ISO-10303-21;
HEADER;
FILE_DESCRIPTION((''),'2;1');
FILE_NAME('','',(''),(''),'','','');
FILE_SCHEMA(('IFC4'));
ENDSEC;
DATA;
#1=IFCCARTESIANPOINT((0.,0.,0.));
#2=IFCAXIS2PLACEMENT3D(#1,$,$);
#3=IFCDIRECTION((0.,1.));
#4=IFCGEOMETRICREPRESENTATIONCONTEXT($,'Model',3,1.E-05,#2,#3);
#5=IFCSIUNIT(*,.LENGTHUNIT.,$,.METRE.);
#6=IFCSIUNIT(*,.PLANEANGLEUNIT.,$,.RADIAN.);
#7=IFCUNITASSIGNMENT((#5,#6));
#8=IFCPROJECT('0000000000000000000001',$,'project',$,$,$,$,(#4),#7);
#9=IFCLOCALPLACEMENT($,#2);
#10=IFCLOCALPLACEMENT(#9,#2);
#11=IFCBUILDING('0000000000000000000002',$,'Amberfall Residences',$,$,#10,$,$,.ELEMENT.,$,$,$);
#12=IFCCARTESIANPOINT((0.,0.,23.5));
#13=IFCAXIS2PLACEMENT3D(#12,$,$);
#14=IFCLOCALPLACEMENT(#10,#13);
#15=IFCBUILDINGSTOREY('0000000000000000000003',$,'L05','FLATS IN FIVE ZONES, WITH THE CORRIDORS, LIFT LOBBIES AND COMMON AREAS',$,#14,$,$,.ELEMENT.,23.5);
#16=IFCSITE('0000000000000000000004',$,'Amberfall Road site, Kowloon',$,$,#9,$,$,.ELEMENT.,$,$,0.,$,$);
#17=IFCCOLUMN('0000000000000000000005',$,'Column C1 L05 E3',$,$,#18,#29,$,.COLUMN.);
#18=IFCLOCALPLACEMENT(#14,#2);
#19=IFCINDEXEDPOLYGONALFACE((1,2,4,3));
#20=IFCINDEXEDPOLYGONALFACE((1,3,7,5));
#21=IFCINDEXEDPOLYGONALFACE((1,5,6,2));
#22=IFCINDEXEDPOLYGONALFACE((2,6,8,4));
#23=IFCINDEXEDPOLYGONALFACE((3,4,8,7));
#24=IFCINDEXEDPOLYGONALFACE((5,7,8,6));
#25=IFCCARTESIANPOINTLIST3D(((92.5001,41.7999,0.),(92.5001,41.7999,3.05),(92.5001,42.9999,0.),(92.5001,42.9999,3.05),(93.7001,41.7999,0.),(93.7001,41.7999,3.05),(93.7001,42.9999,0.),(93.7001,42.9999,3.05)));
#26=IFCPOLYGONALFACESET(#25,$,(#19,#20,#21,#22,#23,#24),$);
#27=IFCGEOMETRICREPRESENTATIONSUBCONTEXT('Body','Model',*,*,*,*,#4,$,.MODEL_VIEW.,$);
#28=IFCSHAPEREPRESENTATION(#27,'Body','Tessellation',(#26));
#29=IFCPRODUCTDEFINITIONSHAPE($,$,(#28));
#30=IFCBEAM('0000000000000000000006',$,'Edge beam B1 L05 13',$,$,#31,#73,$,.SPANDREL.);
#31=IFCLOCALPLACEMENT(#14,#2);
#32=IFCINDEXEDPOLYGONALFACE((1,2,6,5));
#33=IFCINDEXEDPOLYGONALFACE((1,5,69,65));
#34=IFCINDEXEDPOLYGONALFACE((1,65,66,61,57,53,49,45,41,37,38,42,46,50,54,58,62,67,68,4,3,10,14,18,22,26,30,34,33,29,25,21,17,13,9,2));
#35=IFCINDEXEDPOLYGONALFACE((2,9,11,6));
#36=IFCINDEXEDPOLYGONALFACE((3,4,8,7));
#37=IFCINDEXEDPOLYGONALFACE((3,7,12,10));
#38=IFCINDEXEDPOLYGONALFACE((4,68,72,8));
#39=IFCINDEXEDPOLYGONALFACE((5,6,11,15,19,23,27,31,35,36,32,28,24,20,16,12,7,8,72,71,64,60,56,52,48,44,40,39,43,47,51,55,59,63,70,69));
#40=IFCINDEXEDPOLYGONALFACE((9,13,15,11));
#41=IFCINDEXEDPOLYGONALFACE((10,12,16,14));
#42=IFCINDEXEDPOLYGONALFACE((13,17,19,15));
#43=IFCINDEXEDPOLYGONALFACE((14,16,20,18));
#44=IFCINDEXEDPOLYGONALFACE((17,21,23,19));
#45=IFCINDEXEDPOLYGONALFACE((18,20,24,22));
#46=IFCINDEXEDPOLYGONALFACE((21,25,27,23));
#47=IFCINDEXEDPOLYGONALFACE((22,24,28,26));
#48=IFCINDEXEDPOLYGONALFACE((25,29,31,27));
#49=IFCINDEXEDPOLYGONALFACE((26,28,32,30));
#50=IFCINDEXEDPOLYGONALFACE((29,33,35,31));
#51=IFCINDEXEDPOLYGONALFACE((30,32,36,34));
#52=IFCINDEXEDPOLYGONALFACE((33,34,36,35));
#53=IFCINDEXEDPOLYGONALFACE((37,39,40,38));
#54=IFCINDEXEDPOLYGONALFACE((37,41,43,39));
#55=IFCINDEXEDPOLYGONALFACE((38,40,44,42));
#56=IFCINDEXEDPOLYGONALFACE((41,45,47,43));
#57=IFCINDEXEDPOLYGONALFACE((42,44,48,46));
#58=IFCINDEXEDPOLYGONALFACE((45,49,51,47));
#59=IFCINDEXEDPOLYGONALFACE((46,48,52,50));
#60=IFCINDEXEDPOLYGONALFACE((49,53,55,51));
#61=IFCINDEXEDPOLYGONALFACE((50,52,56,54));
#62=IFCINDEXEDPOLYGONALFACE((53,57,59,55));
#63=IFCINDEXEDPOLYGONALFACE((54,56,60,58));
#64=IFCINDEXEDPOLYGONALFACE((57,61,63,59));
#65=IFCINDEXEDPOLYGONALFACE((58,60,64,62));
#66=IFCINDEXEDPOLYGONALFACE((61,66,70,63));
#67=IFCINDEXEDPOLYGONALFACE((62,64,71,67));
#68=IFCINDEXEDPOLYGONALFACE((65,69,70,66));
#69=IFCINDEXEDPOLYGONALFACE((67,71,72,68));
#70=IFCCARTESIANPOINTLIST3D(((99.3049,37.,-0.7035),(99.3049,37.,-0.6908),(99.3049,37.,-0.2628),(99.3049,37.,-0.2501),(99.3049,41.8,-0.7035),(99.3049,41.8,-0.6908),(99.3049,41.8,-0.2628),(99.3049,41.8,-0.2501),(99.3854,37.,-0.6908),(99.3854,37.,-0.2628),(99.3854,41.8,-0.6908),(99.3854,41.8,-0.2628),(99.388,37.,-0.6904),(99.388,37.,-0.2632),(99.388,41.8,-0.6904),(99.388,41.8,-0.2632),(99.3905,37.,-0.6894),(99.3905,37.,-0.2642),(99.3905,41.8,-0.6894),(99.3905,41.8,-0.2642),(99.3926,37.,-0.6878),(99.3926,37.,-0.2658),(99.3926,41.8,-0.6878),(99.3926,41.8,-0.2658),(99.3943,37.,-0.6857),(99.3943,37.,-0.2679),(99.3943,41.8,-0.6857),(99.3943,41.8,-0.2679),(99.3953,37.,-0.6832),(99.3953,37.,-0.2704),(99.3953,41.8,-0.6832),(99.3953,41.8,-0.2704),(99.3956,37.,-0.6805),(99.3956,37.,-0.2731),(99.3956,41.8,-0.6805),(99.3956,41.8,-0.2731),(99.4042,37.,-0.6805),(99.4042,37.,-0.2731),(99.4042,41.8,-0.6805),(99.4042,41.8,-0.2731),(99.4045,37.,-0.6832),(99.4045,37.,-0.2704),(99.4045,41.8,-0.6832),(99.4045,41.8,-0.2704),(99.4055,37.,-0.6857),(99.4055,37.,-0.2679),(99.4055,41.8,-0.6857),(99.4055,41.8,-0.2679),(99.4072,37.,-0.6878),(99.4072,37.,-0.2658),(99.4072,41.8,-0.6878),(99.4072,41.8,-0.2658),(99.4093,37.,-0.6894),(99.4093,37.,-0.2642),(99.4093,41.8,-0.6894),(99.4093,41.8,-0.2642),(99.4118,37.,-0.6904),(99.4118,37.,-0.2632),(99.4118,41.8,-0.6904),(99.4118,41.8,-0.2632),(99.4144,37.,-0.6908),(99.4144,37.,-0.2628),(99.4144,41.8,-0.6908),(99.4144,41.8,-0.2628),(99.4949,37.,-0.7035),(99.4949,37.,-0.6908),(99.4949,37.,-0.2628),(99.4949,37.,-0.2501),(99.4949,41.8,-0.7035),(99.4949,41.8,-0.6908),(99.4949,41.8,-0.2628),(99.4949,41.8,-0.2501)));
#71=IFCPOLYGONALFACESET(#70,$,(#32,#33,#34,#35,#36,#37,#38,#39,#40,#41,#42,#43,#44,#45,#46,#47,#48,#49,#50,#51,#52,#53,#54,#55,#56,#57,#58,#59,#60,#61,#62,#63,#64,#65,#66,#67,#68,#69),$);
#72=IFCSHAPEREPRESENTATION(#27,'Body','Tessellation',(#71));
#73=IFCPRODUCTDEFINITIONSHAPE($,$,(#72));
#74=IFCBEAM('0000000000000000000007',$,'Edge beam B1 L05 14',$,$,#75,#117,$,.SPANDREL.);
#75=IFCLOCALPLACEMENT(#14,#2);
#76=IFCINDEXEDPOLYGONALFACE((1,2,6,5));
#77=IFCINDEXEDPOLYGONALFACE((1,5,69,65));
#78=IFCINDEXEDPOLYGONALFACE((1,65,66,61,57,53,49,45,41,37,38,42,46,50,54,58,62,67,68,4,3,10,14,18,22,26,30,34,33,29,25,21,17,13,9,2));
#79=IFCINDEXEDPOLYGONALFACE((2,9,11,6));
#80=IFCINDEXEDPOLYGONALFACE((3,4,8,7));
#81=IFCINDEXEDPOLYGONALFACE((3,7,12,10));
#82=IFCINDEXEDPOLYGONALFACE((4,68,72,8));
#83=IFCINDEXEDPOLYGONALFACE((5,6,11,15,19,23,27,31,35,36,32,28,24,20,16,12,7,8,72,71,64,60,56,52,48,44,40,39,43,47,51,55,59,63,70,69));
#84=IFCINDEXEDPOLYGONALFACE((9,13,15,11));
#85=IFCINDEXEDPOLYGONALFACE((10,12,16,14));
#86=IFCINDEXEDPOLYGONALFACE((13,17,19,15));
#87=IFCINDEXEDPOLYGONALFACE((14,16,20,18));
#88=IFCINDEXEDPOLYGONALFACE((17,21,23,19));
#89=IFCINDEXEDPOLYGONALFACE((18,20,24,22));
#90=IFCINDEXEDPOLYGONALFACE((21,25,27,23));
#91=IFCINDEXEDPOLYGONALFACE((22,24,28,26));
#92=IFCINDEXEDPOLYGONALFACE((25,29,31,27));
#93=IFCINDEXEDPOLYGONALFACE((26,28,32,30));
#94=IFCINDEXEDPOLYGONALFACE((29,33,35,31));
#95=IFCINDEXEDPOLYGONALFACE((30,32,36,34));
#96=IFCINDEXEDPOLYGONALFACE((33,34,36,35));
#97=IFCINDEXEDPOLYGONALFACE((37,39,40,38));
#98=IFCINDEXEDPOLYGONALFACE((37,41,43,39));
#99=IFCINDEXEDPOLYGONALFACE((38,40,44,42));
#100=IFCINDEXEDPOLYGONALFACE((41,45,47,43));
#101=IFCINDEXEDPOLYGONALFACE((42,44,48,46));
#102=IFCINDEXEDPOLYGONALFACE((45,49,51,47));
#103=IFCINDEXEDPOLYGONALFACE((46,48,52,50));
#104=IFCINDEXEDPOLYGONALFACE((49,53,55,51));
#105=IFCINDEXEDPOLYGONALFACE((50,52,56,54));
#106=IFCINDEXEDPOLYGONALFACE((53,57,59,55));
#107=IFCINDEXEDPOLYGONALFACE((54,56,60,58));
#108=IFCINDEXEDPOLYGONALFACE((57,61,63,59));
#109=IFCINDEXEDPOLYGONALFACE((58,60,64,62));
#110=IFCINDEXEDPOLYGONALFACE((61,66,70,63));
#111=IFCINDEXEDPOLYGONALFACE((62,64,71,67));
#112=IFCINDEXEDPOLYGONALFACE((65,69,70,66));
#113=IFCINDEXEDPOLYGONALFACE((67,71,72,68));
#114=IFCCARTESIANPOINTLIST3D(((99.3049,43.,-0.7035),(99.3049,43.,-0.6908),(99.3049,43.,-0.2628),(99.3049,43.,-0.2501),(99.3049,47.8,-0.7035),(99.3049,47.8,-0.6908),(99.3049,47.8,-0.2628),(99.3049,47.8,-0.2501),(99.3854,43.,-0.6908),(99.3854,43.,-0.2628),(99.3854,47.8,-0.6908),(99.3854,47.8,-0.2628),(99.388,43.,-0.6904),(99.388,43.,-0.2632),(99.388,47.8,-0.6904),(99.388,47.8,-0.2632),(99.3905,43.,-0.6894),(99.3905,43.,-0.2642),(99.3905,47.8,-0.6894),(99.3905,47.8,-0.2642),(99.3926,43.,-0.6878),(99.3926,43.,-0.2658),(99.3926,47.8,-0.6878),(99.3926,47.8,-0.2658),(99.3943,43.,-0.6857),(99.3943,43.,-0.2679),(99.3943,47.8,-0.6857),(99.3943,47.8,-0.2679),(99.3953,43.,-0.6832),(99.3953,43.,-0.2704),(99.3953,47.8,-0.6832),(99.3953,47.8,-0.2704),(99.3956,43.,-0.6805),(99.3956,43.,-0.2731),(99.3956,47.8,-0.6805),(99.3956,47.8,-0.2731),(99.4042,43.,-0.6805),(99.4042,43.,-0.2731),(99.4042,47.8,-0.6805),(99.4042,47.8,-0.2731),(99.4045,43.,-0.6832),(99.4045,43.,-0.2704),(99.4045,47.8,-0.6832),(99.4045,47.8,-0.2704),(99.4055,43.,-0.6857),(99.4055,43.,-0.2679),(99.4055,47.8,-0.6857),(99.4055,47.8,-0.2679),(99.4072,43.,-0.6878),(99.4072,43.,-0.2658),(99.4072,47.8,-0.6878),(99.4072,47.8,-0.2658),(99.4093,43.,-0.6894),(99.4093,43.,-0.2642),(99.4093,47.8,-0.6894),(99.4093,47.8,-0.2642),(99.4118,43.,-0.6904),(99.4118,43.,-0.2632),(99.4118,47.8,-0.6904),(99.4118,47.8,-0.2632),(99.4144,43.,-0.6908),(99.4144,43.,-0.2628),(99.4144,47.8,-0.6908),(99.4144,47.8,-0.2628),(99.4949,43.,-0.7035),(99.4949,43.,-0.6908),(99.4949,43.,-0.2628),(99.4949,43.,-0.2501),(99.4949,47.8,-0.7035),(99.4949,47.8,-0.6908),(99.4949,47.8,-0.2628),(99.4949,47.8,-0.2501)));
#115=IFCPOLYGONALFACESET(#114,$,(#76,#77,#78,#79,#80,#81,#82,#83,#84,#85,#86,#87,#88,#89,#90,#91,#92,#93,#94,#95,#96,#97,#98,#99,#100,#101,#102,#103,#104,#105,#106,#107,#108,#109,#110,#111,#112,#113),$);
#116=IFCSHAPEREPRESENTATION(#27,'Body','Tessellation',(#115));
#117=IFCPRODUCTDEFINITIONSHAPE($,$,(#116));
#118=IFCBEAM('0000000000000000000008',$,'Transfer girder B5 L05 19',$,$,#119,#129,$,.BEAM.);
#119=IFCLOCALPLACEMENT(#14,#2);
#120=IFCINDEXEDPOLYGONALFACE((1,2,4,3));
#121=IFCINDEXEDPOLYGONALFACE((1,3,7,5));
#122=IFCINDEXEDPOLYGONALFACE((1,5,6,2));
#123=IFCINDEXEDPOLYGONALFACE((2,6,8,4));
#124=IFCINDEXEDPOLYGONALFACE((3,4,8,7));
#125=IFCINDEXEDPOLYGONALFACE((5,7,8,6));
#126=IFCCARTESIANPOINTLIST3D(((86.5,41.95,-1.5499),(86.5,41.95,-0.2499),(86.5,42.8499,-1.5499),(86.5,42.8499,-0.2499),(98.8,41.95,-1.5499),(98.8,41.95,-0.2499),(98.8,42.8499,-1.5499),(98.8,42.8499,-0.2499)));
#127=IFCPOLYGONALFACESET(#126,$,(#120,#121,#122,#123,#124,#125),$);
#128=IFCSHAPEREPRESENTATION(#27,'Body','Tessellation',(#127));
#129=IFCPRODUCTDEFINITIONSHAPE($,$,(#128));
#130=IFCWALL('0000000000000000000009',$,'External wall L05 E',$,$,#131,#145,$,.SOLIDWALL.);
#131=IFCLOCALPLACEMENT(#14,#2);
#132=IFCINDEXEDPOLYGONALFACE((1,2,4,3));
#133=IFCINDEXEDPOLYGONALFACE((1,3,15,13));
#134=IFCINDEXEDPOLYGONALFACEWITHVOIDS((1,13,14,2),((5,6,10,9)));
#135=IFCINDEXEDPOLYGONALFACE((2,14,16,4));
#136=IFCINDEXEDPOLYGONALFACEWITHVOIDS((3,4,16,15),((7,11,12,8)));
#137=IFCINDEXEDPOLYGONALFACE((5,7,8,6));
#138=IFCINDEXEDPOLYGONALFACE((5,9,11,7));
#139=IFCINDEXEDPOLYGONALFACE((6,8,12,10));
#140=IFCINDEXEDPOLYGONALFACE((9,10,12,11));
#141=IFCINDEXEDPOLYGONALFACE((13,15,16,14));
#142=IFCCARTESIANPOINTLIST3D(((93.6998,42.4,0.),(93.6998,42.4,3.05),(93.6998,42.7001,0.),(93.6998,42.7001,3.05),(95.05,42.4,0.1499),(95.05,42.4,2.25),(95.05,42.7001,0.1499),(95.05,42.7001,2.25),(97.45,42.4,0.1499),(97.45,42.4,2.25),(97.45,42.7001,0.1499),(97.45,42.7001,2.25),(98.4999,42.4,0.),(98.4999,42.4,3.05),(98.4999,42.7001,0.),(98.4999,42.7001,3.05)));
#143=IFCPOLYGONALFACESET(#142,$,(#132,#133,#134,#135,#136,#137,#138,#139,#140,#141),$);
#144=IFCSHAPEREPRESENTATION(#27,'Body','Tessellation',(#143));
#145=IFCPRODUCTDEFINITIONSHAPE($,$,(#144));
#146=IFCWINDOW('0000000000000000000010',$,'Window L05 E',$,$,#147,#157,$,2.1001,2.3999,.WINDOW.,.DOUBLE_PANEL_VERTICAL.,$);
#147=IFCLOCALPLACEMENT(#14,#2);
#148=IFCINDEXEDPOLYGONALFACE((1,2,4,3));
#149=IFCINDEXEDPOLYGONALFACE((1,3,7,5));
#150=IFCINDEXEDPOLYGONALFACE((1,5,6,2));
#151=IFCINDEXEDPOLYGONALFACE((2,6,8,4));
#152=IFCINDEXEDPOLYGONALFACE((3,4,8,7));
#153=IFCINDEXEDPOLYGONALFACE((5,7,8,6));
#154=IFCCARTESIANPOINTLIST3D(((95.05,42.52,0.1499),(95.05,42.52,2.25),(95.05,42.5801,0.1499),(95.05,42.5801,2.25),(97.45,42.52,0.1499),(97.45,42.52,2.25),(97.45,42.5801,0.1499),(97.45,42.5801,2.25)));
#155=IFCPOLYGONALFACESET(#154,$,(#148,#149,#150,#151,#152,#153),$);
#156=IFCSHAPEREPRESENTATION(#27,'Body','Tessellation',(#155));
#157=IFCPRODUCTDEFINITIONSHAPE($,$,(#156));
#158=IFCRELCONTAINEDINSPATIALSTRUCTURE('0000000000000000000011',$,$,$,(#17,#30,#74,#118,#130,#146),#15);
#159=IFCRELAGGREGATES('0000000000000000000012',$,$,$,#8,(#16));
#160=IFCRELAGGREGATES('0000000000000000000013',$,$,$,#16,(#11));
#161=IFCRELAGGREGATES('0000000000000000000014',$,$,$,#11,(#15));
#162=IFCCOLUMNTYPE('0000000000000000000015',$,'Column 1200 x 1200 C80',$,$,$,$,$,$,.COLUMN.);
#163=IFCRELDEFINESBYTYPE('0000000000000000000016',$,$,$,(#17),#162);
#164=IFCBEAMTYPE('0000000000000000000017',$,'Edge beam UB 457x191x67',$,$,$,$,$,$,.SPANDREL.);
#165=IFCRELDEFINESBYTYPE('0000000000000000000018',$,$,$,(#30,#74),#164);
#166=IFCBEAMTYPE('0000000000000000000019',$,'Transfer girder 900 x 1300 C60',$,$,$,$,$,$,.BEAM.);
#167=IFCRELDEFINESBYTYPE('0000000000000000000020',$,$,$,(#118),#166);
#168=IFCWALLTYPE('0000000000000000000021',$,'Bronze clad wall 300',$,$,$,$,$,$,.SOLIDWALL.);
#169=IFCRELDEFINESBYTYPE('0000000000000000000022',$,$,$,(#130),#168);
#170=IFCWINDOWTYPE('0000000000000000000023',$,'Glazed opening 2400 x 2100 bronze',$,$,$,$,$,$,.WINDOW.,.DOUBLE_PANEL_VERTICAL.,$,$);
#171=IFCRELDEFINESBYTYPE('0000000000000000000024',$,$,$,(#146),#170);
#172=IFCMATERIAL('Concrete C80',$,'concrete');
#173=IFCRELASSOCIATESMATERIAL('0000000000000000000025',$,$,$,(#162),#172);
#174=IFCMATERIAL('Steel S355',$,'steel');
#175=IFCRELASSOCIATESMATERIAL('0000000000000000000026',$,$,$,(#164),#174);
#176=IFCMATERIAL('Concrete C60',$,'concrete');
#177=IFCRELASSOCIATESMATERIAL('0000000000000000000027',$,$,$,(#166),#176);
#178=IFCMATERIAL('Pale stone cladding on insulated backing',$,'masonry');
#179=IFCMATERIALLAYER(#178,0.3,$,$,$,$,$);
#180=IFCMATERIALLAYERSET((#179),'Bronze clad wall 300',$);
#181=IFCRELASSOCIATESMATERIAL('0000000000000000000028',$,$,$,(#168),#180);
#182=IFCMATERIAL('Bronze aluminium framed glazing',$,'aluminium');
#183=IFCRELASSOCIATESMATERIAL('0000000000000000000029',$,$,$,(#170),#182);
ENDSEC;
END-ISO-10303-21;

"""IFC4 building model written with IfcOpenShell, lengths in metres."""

from ifc_helpers import new_model, si_unit, direction, frame, frame_2d, origin, origin_2d, place, context, subcontext, project, spatial, rectangle, i_section, extrude, material, layer, layer_set, material_profile, profile_set, type_object, element, fill, save


model = new_model("IFC4")

# Units and contexts
model_context = context("Model", 3, precision=1e-05, world=origin(), true_north=direction((0.0, 1.0)))
body_context = subcontext(model_context, "Body", "Model", "MODEL_VIEW")
ifc_project = project(units=[si_unit("LENGTHUNIT", "METRE"), si_unit("PLANEANGLEUNIT", "RADIAN")], contexts=[model_context])

# Site, building, storey
site_placement = place(None, origin())
site = spatial("IfcSite", under=ifc_project, at=site_placement, Name="Amberfall Road site, Kowloon", CompositionType="ELEMENT", RefElevation=0.0)
building_placement = place(site_placement, origin())
building = spatial("IfcBuilding", under=site, at=building_placement, Name="Amberfall Residences", CompositionType="ELEMENT")
storey_placement = place(building_placement, frame((0.0, 0.0, 23.5)))
storey = spatial("IfcBuildingStorey", under=building, at=storey_placement, Name="L05", Description="FLATS IN FIVE ZONES, WITH THE CORRIDORS, LIFT LOBBIES AND COMMON AREAS", CompositionType="ELEMENT", Elevation=23.5)

# Column
ifc_material_1 = material(Name="Concrete C80", Category="concrete")
ifc_material_profile_1 = material_profile(ifc_material_1, rectangle(XDim=1.2, YDim=1.2, at=origin_2d()), Name="Column 1200 x 1200 C80")
ifc_profile_set_1 = profile_set([ifc_material_profile_1], Name="Concrete C80")
column_type = type_object("IfcColumnType", Name="Column 1200 x 1200 C80", PredefinedType="COLUMN", material=ifc_profile_set_1)
column_placement = place(storey_placement, frame((93.1001, 42.3999, 0.0), z_axis=(0.0, 0.0, 1.0), x_axis=(1.0, 0.0, 0.0)))
element("IfcColumn", 1, at=column_placement, inside=storey, type_object=column_type, Name="Column C1 L05 E3", PredefinedType="COLUMN", context=body_context, shape_type="SweptSolid", body=[
    extrude(rectangle(XDim=1.2, YDim=1.2, at=origin_2d()), origin(), (0.0, 0.0, 1.0), 3.05),
])

# Beams
ifc_material_2 = material(Name="Steel S355", Category="steel")
ifc_material_profile_2 = material_profile(ifc_material_2, i_section(OverallWidth=0.1899, OverallDepth=0.4534, WebThickness=0.0085, FlangeThickness=0.0127, FilletRadius=0.0103, at=origin_2d()), Name="UB 457x191x67")
ifc_profile_set_2 = profile_set([ifc_material_profile_2], Name="Steel S355")
beam_type_1 = type_object("IfcBeamType", Name="Edge beam UB 457x191x67", PredefinedType="SPANDREL", material=ifc_profile_set_2)
for number, where, z_axis, x_axis, name in (
    (2, (99.3999, 37.0, -0.4768), (0.0, 1.0, 0.0), (-1.0, 0.0, 0.0), "Edge beam B1 L05 13"),
    (3, (99.3999, 43.0, -0.4768), (0.0, 1.0, 0.0), (-1.0, 0.0, 0.0), "Edge beam B1 L05 14"),
):
    element("IfcBeam", number, at=place(storey_placement, frame(where, z_axis=z_axis, x_axis=x_axis)), inside=storey, type_object=beam_type_1, Name=name, PredefinedType="SPANDREL", context=body_context, shape_type="SweptSolid", body=[
        extrude(i_section(OverallWidth=0.1899, OverallDepth=0.4534, WebThickness=0.0085, FlangeThickness=0.0127, FilletRadius=0.0103, at=origin_2d()), origin(), (0.0, 0.0, 1.0), 4.8),
    ])
ifc_material_3 = material(Name="Concrete C60", Category="concrete")
ifc_material_profile_3 = material_profile(ifc_material_3, rectangle(XDim=0.8999, YDim=1.3, at=origin_2d()), Name="Transfer girder 900 x 1300 C60")
ifc_profile_set_3 = profile_set([ifc_material_profile_3], Name="Concrete C60")
beam_type_2 = type_object("IfcBeamType", Name="Transfer girder 900 x 1300 C60", PredefinedType="BEAM", material=ifc_profile_set_3)
beam_placement = place(storey_placement, frame((98.8, 42.3999, -0.8999), z_axis=(-1.0, 0.0, 0.0), x_axis=(0.0, -1.0, 0.0)))
element("IfcBeam", 4, at=beam_placement, inside=storey, type_object=beam_type_2, Name="Transfer girder B5 L05 19", PredefinedType="BEAM", context=body_context, shape_type="SweptSolid", body=[
    extrude(rectangle(XDim=0.8999, YDim=1.3, at=origin_2d()), origin(), (0.0, 0.0, 1.0), 12.3),
])

# Wall, opening, window
ifc_material_4 = material(Name="Pale stone cladding on insulated backing", Category="masonry")
ifc_layer_1 = layer(ifc_material_4, 0.3)
ifc_layer_set_1 = layer_set([ifc_layer_1], Name="Bronze clad wall 300")
wall_type_1 = type_object("IfcWallType", Name="Bronze clad wall 300", PredefinedType="SOLIDWALL", material=ifc_layer_set_1)
wall_1_placement = place(storey_placement, frame((93.7, 42.55, 0.0), z_axis=(0.0, 0.0, 1.0), x_axis=(1.0, 0.0, 0.0)))
wall_1 = element("IfcWall", 5, at=wall_1_placement, inside=storey, type_object=wall_type_1, Name="External wall L05 E", PredefinedType="SOLIDWALL", context=body_context, shape_type="SweptSolid", body=[
    extrude(rectangle(XDim=4.8, YDim=0.3, at=frame_2d((2.3999, 0.0))), origin(), (0.0, 0.0, 1.0), 3.05),
])
opening_1_placement = place(wall_1_placement, frame((1.3501, 0.0, 0.1499)))
opening_1 = element("IfcOpeningElement", 6, at=opening_1_placement, cuts=wall_1, PredefinedType="OPENING", context=body_context, shape_type="SweptSolid", body=[
    extrude(rectangle(XDim=2.3999, YDim=2.1001, at=frame_2d((1.2, 1.05))), frame((0.0, 0.1599, 0.0), z_axis=(0.0, -1.0, 0.0), x_axis=(1.0, 0.0, 0.0)), (0.0, 0.0, 1.0), 0.3201),
])
ifc_material_5 = material(Name="Bronze aluminium framed glazing", Category="aluminium")
window_type_1 = type_object("IfcWindowType", Name="Glazed opening 2400 x 2100 bronze", PartitioningType="DOUBLE_PANEL_VERTICAL", PredefinedType="WINDOW", material=ifc_material_5)
window_1_placement = place(opening_1_placement, origin())
window_1 = element("IfcWindow", 7, at=window_1_placement, inside=storey, type_object=window_type_1, Name="Window L05 E", OverallHeight=2.1001, OverallWidth=2.3999, PartitioningType="DOUBLE_PANEL_VERTICAL", PredefinedType="WINDOW", context=body_context, shape_type="SweptSolid", body=[
    extrude(rectangle(XDim=2.3999, YDim=2.1001, at=frame_2d((1.2, 1.05))), frame((0.0, 0.03, 0.0), z_axis=(0.0, -1.0, 0.0), x_axis=(1.0, 0.0, 0.0)), (0.0, 0.0, 1.0), 0.0601),
])
fill(opening_1, window_1)

save(model, "model.ifc")
